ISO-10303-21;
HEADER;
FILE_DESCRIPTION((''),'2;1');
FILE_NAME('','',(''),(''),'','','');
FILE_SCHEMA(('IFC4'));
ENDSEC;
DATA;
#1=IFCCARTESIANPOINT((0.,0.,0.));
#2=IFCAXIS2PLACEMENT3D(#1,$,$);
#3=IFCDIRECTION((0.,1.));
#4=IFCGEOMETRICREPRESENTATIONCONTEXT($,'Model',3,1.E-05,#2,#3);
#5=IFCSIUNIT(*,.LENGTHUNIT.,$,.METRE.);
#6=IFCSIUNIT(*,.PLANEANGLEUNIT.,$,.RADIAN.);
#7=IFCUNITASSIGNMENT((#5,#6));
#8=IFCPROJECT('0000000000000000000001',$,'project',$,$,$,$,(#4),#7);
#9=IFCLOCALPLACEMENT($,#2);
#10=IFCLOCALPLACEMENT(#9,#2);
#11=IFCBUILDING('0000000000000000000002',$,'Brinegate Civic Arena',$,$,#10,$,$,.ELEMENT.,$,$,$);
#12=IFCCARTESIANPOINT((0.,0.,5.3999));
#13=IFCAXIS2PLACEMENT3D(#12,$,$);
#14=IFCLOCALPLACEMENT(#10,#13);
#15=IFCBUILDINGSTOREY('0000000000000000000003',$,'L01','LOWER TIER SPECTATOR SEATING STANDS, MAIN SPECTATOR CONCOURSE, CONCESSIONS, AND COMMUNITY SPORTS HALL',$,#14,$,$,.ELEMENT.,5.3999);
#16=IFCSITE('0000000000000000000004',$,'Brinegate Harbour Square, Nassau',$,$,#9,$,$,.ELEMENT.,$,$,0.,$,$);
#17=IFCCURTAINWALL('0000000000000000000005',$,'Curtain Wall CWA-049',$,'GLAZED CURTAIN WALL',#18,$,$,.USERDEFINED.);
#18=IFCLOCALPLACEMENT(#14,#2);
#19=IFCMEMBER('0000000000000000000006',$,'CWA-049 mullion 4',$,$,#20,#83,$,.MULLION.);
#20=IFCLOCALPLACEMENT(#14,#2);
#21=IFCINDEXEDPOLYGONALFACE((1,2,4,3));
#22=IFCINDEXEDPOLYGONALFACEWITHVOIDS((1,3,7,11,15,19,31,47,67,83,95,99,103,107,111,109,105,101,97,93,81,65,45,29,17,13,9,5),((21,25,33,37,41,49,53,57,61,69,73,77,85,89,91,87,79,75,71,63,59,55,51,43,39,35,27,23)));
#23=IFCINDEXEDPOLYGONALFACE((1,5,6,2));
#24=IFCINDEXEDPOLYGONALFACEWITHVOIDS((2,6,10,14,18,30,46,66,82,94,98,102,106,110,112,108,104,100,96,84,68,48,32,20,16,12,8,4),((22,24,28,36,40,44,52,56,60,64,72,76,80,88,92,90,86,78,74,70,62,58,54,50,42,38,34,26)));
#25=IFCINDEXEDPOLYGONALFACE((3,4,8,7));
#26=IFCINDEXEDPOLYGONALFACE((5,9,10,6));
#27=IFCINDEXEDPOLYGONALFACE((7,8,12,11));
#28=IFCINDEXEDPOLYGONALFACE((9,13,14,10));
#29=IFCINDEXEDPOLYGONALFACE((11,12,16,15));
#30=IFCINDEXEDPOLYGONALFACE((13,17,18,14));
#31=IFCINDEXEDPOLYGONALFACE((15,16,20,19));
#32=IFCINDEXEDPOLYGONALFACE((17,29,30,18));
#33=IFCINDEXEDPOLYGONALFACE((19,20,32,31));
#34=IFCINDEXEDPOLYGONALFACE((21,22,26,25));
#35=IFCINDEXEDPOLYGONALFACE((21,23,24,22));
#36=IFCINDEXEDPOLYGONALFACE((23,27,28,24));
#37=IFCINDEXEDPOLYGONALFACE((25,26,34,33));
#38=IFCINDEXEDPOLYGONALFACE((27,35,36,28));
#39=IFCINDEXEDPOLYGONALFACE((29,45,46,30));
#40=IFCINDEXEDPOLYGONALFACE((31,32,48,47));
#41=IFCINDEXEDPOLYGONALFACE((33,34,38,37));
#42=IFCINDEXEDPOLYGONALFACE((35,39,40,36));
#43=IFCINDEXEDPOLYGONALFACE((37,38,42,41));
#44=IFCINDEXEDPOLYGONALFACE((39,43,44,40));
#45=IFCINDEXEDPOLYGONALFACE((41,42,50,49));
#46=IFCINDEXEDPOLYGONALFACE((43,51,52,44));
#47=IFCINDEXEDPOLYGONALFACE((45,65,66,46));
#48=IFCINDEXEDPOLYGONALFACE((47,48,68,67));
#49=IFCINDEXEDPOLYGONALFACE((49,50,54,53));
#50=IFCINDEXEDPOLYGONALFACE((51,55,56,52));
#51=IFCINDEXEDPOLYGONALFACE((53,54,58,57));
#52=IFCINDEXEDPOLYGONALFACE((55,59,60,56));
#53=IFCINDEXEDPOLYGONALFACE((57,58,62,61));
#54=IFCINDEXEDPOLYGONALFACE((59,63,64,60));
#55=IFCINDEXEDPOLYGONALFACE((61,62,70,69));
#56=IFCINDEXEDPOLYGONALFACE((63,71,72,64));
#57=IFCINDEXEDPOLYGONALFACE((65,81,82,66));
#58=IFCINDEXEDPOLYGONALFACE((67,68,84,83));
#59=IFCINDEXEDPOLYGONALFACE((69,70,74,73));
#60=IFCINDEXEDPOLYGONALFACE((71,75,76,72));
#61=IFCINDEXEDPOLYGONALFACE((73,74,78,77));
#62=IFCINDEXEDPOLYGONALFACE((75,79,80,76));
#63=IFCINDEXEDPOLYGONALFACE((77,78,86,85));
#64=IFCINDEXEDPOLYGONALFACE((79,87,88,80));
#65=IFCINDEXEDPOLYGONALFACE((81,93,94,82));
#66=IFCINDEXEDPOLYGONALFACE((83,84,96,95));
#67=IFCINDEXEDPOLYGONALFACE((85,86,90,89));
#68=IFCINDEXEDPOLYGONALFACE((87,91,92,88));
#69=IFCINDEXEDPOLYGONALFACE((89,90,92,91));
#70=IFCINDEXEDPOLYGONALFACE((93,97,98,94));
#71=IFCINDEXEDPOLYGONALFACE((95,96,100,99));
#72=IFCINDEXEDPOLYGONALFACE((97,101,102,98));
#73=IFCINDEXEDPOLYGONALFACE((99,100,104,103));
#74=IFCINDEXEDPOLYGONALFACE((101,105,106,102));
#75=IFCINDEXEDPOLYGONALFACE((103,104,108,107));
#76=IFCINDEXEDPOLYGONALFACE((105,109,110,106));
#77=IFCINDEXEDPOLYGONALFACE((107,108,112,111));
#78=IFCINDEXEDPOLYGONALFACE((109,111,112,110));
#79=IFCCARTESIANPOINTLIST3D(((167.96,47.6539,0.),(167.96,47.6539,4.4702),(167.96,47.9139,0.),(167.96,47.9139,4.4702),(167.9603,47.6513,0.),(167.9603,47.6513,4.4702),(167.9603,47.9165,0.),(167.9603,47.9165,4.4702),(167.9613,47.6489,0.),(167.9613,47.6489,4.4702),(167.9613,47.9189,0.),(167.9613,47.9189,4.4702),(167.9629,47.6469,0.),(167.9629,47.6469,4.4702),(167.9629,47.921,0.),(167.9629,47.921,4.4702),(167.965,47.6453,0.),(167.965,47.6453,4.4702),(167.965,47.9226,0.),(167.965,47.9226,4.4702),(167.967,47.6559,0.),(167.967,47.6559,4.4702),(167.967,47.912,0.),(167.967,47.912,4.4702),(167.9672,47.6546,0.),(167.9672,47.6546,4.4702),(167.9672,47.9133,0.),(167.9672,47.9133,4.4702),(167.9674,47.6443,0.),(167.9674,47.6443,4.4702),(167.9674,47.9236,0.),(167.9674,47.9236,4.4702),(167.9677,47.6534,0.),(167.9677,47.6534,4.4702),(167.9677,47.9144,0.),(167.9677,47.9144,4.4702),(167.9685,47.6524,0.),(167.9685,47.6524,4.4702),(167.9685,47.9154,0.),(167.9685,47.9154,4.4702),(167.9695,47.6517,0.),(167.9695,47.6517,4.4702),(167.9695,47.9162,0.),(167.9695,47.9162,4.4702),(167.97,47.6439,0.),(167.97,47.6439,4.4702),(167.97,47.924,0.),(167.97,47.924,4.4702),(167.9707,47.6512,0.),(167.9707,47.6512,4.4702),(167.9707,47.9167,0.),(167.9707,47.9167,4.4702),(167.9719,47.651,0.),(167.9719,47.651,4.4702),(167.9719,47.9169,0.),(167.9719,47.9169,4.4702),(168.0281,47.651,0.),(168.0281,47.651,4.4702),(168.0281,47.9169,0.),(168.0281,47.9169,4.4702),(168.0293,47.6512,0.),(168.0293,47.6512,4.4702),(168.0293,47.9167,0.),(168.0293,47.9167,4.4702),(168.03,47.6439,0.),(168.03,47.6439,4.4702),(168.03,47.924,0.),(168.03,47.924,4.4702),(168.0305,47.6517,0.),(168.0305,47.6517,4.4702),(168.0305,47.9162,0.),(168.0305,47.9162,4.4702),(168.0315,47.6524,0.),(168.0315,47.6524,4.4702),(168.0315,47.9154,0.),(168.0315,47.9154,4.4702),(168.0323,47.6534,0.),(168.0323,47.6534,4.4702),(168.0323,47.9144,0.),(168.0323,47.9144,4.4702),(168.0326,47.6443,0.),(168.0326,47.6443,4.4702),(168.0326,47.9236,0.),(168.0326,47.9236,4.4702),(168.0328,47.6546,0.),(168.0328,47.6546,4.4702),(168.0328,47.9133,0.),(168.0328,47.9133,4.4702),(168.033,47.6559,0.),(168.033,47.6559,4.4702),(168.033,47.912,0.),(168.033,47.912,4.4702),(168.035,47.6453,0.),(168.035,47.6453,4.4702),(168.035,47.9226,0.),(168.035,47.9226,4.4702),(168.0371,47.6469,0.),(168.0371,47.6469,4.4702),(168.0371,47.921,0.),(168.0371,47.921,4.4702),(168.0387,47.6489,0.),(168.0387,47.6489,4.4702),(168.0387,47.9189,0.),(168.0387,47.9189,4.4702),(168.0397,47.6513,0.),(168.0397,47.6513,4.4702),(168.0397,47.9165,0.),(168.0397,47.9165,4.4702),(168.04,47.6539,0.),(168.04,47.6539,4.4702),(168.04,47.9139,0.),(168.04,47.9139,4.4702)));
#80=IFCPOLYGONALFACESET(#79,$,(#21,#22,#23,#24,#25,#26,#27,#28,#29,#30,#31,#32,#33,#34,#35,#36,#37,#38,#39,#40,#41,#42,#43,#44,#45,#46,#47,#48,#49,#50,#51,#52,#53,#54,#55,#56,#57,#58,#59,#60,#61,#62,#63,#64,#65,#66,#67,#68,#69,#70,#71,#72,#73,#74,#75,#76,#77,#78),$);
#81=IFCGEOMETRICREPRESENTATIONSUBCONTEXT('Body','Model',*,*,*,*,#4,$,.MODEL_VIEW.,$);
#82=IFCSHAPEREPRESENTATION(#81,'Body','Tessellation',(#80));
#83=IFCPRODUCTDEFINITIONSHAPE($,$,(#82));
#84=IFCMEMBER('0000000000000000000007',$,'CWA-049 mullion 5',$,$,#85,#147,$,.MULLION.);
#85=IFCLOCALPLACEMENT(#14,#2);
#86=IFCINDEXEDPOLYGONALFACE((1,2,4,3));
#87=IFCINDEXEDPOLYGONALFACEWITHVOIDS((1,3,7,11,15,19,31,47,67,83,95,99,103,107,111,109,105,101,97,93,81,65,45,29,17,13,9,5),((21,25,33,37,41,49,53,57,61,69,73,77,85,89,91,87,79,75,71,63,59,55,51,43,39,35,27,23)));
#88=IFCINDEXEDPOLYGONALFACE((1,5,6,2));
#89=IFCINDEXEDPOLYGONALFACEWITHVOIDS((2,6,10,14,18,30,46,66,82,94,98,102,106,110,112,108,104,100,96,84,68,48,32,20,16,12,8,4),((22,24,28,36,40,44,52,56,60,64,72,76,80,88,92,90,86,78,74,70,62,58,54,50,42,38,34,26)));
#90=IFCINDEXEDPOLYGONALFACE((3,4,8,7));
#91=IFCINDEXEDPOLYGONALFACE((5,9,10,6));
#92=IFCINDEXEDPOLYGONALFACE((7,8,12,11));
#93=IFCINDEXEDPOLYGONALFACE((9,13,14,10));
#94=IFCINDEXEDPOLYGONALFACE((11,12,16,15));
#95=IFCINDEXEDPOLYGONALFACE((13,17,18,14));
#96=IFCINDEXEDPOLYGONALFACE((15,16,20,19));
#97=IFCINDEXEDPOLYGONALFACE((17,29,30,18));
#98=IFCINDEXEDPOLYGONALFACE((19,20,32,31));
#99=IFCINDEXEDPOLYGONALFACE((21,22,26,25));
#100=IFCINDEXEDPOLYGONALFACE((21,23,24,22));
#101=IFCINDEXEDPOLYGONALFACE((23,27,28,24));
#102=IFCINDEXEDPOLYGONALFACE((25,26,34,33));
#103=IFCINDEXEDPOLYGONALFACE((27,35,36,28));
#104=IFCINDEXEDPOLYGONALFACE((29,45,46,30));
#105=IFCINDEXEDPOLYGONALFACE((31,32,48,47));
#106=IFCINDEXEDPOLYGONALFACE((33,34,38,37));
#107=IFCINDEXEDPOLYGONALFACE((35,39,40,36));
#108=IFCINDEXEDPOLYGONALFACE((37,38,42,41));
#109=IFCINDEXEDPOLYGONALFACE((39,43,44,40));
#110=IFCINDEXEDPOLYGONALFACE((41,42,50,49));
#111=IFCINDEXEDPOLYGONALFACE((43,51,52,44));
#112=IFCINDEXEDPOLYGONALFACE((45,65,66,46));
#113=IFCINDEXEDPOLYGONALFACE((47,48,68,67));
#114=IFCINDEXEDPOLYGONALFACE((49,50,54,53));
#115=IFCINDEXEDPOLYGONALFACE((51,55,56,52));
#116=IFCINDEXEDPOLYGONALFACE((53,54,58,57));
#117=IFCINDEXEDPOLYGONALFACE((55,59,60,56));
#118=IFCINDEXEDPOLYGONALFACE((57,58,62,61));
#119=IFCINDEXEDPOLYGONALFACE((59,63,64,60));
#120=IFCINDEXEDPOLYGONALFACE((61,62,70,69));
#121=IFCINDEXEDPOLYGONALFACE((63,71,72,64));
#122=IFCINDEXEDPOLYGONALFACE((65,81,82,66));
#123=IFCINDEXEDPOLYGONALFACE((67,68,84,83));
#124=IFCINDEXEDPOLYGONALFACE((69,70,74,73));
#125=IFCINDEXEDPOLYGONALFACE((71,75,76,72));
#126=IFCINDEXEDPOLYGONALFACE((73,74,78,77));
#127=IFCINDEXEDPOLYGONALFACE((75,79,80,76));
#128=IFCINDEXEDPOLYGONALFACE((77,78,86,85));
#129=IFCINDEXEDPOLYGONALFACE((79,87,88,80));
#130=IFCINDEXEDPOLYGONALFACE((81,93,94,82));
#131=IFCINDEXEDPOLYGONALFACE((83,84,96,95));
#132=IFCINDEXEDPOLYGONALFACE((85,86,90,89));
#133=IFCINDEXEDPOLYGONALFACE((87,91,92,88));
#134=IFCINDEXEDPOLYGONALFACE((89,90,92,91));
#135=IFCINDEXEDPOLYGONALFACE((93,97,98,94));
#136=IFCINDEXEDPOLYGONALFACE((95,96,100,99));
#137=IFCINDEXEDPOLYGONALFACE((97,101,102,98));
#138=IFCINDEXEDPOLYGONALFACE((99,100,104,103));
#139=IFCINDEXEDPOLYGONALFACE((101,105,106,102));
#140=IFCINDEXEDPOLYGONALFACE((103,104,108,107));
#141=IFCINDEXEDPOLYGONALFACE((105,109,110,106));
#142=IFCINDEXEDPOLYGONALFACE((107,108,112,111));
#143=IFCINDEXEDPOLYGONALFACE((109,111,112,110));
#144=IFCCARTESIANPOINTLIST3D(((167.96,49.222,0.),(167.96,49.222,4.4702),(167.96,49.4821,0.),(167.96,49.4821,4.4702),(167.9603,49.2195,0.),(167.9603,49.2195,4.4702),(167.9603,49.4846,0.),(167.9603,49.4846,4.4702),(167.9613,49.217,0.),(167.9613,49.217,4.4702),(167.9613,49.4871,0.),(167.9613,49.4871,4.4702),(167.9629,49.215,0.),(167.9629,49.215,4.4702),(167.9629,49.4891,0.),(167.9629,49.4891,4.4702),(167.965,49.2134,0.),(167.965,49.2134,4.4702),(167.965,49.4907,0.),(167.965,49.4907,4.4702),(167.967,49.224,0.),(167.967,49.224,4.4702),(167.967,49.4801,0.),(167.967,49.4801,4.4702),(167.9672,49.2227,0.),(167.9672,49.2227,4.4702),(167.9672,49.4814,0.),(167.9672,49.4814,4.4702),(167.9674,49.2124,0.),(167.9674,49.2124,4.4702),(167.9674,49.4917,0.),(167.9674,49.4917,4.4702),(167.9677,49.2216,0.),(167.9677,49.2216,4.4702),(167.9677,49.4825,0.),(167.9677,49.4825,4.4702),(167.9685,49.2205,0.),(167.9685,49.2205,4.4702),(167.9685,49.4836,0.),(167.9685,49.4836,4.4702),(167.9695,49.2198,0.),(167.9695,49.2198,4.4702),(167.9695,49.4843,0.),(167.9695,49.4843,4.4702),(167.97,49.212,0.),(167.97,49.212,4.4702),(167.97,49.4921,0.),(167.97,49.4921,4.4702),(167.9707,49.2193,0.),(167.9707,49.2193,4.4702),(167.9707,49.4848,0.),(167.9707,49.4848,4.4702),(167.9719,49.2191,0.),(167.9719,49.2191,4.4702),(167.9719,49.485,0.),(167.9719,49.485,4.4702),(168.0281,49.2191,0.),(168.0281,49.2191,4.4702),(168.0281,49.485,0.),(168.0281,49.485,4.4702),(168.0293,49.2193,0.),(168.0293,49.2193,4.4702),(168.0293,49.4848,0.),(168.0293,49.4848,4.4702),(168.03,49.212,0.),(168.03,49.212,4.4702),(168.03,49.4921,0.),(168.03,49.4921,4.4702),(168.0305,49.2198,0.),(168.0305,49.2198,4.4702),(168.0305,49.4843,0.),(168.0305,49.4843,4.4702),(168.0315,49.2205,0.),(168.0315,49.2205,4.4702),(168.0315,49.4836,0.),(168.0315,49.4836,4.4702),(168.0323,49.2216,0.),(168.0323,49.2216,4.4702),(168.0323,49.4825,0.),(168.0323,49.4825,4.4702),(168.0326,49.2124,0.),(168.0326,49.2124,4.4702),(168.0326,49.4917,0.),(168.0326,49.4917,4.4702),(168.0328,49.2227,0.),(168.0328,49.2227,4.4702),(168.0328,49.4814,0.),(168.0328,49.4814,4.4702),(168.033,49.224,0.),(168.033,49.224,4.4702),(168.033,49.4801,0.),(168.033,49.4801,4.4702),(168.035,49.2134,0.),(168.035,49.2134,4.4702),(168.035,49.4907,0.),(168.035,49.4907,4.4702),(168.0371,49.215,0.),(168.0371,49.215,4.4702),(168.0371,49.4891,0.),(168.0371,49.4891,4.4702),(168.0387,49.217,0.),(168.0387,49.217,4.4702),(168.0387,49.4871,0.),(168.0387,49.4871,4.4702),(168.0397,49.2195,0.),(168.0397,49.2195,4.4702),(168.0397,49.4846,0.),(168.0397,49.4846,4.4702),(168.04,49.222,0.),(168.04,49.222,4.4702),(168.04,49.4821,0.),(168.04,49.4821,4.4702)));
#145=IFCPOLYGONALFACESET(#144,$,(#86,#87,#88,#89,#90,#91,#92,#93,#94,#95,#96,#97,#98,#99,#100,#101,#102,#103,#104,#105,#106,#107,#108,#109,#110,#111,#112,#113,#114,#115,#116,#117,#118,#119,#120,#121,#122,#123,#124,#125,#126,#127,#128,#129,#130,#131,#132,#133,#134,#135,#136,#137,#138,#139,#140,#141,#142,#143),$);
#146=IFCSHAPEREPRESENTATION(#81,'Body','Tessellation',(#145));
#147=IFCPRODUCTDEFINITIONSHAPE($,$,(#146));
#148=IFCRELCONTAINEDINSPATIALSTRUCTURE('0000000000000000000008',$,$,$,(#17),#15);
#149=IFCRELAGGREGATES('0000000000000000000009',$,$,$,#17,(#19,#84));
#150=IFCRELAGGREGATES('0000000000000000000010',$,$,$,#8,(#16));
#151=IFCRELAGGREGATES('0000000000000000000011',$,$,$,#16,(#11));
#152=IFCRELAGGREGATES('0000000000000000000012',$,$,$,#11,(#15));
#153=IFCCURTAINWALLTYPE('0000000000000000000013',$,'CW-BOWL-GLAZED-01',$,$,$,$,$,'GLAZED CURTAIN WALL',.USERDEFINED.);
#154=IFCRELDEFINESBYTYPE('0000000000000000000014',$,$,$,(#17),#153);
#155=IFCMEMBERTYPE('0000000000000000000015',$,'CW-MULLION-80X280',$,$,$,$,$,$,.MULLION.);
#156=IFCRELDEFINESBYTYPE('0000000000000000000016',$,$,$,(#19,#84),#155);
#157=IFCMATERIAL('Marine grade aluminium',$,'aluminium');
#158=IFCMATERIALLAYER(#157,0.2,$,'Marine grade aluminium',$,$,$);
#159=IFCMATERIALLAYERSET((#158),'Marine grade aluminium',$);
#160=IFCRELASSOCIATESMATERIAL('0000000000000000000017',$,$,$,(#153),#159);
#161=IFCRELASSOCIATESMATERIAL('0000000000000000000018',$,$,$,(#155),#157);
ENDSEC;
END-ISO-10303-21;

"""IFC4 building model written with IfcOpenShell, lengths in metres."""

from ifc_helpers import new_model, si_unit, direction, frame, origin, origin_2d, place, context, subcontext, project, spatial, hollow_rectangle, extrude, material, layer, layer_set, material_profile, profile_set, type_object, element, aggregate, save


model = new_model("IFC4")

# Units and contexts
model_context = context("Model", 3, precision=1e-05, world=origin(), true_north=direction((0.0, 1.0)))
body_context = subcontext(model_context, "Body", "Model", "MODEL_VIEW")
ifc_project = project(units=[si_unit("LENGTHUNIT", "METRE"), si_unit("PLANEANGLEUNIT", "RADIAN")], contexts=[model_context])

# Site, building, storey
site_placement = place(None, origin())
site = spatial("IfcSite", under=ifc_project, at=site_placement, Name="Brinegate Harbour Square, Nassau", CompositionType="ELEMENT", RefElevation=0.0)
building_placement = place(site_placement, origin())
building = spatial("IfcBuilding", under=site, at=building_placement, Name="Brinegate Civic Arena", CompositionType="ELEMENT")
storey_placement = place(building_placement, frame((0.0, 0.0, 5.3999)))
storey = spatial("IfcBuildingStorey", under=building, at=storey_placement, Name="L01", Description="LOWER TIER SPECTATOR SEATING STANDS, MAIN SPECTATOR CONCOURSE, CONCESSIONS, AND COMMUNITY SPORTS HALL", CompositionType="ELEMENT", Elevation=5.3999)

# Curtain wall, members
ifc_material_1 = material(Name="Marine grade aluminium", Category="aluminium")
ifc_layer_1 = layer(ifc_material_1, 0.2, Name="Marine grade aluminium")
ifc_layer_set_1 = layer_set([ifc_layer_1], Name="Marine grade aluminium")
curtain_wall_type = type_object("IfcCurtainWallType", Name="CW-BOWL-GLAZED-01", ElementType="GLAZED CURTAIN WALL", PredefinedType="USERDEFINED", material=ifc_layer_set_1)
curtain_wall_placement = place(storey_placement, origin())
curtain_wall = element("IfcCurtainWall", 1, at=curtain_wall_placement, inside=storey, type_object=curtain_wall_type, Name="Curtain Wall CWA-049", ObjectType="GLAZED CURTAIN WALL", PredefinedType="USERDEFINED")
ifc_material_profile_1 = material_profile(ifc_material_1, hollow_rectangle(XDim=0.0801, YDim=0.28, WallThickness=0.0071, InnerFilletRadius=0.0049, OuterFilletRadius=0.01, at=origin_2d()), Name="MUL80X280")
ifc_profile_set_1 = profile_set([ifc_material_profile_1], Name="Marine grade aluminium")
member_type_1 = type_object("IfcMemberType", Name="CW-MULLION-80X280", PredefinedType="MULLION", material=ifc_profile_set_1)
member_1_placement = place(storey_placement, frame((168.0, 47.7839, 0.0), z_axis=(0.0, 0.0, 1.0), x_axis=(-1.0, 0.0, 0.0)))
member_1 = element("IfcMember", 2, at=member_1_placement, type_object=member_type_1, Name="CWA-049 mullion 4", PredefinedType="MULLION", context=body_context, shape_type="SweptSolid", body=[
    extrude(hollow_rectangle(XDim=0.0801, YDim=0.28, WallThickness=0.0071, InnerFilletRadius=0.0049, OuterFilletRadius=0.01, at=origin_2d()), origin(), (0.0, 0.0, 1.0), 4.4702),
])
member_2_placement = place(storey_placement, frame((168.0, 49.3521, 0.0), z_axis=(0.0, 0.0, 1.0), x_axis=(-1.0, 0.0, 0.0)))
member_2 = element("IfcMember", 3, at=member_2_placement, type_object=member_type_1, Name="CWA-049 mullion 5", PredefinedType="MULLION", context=body_context, shape_type="SweptSolid", body=[
    extrude(hollow_rectangle(XDim=0.0801, YDim=0.28, WallThickness=0.0071, InnerFilletRadius=0.0049, OuterFilletRadius=0.01, at=origin_2d()), origin(), (0.0, 0.0, 1.0), 4.4702),
])
aggregate(curtain_wall, [member_1, member_2])

save(model, "model.ifc")
